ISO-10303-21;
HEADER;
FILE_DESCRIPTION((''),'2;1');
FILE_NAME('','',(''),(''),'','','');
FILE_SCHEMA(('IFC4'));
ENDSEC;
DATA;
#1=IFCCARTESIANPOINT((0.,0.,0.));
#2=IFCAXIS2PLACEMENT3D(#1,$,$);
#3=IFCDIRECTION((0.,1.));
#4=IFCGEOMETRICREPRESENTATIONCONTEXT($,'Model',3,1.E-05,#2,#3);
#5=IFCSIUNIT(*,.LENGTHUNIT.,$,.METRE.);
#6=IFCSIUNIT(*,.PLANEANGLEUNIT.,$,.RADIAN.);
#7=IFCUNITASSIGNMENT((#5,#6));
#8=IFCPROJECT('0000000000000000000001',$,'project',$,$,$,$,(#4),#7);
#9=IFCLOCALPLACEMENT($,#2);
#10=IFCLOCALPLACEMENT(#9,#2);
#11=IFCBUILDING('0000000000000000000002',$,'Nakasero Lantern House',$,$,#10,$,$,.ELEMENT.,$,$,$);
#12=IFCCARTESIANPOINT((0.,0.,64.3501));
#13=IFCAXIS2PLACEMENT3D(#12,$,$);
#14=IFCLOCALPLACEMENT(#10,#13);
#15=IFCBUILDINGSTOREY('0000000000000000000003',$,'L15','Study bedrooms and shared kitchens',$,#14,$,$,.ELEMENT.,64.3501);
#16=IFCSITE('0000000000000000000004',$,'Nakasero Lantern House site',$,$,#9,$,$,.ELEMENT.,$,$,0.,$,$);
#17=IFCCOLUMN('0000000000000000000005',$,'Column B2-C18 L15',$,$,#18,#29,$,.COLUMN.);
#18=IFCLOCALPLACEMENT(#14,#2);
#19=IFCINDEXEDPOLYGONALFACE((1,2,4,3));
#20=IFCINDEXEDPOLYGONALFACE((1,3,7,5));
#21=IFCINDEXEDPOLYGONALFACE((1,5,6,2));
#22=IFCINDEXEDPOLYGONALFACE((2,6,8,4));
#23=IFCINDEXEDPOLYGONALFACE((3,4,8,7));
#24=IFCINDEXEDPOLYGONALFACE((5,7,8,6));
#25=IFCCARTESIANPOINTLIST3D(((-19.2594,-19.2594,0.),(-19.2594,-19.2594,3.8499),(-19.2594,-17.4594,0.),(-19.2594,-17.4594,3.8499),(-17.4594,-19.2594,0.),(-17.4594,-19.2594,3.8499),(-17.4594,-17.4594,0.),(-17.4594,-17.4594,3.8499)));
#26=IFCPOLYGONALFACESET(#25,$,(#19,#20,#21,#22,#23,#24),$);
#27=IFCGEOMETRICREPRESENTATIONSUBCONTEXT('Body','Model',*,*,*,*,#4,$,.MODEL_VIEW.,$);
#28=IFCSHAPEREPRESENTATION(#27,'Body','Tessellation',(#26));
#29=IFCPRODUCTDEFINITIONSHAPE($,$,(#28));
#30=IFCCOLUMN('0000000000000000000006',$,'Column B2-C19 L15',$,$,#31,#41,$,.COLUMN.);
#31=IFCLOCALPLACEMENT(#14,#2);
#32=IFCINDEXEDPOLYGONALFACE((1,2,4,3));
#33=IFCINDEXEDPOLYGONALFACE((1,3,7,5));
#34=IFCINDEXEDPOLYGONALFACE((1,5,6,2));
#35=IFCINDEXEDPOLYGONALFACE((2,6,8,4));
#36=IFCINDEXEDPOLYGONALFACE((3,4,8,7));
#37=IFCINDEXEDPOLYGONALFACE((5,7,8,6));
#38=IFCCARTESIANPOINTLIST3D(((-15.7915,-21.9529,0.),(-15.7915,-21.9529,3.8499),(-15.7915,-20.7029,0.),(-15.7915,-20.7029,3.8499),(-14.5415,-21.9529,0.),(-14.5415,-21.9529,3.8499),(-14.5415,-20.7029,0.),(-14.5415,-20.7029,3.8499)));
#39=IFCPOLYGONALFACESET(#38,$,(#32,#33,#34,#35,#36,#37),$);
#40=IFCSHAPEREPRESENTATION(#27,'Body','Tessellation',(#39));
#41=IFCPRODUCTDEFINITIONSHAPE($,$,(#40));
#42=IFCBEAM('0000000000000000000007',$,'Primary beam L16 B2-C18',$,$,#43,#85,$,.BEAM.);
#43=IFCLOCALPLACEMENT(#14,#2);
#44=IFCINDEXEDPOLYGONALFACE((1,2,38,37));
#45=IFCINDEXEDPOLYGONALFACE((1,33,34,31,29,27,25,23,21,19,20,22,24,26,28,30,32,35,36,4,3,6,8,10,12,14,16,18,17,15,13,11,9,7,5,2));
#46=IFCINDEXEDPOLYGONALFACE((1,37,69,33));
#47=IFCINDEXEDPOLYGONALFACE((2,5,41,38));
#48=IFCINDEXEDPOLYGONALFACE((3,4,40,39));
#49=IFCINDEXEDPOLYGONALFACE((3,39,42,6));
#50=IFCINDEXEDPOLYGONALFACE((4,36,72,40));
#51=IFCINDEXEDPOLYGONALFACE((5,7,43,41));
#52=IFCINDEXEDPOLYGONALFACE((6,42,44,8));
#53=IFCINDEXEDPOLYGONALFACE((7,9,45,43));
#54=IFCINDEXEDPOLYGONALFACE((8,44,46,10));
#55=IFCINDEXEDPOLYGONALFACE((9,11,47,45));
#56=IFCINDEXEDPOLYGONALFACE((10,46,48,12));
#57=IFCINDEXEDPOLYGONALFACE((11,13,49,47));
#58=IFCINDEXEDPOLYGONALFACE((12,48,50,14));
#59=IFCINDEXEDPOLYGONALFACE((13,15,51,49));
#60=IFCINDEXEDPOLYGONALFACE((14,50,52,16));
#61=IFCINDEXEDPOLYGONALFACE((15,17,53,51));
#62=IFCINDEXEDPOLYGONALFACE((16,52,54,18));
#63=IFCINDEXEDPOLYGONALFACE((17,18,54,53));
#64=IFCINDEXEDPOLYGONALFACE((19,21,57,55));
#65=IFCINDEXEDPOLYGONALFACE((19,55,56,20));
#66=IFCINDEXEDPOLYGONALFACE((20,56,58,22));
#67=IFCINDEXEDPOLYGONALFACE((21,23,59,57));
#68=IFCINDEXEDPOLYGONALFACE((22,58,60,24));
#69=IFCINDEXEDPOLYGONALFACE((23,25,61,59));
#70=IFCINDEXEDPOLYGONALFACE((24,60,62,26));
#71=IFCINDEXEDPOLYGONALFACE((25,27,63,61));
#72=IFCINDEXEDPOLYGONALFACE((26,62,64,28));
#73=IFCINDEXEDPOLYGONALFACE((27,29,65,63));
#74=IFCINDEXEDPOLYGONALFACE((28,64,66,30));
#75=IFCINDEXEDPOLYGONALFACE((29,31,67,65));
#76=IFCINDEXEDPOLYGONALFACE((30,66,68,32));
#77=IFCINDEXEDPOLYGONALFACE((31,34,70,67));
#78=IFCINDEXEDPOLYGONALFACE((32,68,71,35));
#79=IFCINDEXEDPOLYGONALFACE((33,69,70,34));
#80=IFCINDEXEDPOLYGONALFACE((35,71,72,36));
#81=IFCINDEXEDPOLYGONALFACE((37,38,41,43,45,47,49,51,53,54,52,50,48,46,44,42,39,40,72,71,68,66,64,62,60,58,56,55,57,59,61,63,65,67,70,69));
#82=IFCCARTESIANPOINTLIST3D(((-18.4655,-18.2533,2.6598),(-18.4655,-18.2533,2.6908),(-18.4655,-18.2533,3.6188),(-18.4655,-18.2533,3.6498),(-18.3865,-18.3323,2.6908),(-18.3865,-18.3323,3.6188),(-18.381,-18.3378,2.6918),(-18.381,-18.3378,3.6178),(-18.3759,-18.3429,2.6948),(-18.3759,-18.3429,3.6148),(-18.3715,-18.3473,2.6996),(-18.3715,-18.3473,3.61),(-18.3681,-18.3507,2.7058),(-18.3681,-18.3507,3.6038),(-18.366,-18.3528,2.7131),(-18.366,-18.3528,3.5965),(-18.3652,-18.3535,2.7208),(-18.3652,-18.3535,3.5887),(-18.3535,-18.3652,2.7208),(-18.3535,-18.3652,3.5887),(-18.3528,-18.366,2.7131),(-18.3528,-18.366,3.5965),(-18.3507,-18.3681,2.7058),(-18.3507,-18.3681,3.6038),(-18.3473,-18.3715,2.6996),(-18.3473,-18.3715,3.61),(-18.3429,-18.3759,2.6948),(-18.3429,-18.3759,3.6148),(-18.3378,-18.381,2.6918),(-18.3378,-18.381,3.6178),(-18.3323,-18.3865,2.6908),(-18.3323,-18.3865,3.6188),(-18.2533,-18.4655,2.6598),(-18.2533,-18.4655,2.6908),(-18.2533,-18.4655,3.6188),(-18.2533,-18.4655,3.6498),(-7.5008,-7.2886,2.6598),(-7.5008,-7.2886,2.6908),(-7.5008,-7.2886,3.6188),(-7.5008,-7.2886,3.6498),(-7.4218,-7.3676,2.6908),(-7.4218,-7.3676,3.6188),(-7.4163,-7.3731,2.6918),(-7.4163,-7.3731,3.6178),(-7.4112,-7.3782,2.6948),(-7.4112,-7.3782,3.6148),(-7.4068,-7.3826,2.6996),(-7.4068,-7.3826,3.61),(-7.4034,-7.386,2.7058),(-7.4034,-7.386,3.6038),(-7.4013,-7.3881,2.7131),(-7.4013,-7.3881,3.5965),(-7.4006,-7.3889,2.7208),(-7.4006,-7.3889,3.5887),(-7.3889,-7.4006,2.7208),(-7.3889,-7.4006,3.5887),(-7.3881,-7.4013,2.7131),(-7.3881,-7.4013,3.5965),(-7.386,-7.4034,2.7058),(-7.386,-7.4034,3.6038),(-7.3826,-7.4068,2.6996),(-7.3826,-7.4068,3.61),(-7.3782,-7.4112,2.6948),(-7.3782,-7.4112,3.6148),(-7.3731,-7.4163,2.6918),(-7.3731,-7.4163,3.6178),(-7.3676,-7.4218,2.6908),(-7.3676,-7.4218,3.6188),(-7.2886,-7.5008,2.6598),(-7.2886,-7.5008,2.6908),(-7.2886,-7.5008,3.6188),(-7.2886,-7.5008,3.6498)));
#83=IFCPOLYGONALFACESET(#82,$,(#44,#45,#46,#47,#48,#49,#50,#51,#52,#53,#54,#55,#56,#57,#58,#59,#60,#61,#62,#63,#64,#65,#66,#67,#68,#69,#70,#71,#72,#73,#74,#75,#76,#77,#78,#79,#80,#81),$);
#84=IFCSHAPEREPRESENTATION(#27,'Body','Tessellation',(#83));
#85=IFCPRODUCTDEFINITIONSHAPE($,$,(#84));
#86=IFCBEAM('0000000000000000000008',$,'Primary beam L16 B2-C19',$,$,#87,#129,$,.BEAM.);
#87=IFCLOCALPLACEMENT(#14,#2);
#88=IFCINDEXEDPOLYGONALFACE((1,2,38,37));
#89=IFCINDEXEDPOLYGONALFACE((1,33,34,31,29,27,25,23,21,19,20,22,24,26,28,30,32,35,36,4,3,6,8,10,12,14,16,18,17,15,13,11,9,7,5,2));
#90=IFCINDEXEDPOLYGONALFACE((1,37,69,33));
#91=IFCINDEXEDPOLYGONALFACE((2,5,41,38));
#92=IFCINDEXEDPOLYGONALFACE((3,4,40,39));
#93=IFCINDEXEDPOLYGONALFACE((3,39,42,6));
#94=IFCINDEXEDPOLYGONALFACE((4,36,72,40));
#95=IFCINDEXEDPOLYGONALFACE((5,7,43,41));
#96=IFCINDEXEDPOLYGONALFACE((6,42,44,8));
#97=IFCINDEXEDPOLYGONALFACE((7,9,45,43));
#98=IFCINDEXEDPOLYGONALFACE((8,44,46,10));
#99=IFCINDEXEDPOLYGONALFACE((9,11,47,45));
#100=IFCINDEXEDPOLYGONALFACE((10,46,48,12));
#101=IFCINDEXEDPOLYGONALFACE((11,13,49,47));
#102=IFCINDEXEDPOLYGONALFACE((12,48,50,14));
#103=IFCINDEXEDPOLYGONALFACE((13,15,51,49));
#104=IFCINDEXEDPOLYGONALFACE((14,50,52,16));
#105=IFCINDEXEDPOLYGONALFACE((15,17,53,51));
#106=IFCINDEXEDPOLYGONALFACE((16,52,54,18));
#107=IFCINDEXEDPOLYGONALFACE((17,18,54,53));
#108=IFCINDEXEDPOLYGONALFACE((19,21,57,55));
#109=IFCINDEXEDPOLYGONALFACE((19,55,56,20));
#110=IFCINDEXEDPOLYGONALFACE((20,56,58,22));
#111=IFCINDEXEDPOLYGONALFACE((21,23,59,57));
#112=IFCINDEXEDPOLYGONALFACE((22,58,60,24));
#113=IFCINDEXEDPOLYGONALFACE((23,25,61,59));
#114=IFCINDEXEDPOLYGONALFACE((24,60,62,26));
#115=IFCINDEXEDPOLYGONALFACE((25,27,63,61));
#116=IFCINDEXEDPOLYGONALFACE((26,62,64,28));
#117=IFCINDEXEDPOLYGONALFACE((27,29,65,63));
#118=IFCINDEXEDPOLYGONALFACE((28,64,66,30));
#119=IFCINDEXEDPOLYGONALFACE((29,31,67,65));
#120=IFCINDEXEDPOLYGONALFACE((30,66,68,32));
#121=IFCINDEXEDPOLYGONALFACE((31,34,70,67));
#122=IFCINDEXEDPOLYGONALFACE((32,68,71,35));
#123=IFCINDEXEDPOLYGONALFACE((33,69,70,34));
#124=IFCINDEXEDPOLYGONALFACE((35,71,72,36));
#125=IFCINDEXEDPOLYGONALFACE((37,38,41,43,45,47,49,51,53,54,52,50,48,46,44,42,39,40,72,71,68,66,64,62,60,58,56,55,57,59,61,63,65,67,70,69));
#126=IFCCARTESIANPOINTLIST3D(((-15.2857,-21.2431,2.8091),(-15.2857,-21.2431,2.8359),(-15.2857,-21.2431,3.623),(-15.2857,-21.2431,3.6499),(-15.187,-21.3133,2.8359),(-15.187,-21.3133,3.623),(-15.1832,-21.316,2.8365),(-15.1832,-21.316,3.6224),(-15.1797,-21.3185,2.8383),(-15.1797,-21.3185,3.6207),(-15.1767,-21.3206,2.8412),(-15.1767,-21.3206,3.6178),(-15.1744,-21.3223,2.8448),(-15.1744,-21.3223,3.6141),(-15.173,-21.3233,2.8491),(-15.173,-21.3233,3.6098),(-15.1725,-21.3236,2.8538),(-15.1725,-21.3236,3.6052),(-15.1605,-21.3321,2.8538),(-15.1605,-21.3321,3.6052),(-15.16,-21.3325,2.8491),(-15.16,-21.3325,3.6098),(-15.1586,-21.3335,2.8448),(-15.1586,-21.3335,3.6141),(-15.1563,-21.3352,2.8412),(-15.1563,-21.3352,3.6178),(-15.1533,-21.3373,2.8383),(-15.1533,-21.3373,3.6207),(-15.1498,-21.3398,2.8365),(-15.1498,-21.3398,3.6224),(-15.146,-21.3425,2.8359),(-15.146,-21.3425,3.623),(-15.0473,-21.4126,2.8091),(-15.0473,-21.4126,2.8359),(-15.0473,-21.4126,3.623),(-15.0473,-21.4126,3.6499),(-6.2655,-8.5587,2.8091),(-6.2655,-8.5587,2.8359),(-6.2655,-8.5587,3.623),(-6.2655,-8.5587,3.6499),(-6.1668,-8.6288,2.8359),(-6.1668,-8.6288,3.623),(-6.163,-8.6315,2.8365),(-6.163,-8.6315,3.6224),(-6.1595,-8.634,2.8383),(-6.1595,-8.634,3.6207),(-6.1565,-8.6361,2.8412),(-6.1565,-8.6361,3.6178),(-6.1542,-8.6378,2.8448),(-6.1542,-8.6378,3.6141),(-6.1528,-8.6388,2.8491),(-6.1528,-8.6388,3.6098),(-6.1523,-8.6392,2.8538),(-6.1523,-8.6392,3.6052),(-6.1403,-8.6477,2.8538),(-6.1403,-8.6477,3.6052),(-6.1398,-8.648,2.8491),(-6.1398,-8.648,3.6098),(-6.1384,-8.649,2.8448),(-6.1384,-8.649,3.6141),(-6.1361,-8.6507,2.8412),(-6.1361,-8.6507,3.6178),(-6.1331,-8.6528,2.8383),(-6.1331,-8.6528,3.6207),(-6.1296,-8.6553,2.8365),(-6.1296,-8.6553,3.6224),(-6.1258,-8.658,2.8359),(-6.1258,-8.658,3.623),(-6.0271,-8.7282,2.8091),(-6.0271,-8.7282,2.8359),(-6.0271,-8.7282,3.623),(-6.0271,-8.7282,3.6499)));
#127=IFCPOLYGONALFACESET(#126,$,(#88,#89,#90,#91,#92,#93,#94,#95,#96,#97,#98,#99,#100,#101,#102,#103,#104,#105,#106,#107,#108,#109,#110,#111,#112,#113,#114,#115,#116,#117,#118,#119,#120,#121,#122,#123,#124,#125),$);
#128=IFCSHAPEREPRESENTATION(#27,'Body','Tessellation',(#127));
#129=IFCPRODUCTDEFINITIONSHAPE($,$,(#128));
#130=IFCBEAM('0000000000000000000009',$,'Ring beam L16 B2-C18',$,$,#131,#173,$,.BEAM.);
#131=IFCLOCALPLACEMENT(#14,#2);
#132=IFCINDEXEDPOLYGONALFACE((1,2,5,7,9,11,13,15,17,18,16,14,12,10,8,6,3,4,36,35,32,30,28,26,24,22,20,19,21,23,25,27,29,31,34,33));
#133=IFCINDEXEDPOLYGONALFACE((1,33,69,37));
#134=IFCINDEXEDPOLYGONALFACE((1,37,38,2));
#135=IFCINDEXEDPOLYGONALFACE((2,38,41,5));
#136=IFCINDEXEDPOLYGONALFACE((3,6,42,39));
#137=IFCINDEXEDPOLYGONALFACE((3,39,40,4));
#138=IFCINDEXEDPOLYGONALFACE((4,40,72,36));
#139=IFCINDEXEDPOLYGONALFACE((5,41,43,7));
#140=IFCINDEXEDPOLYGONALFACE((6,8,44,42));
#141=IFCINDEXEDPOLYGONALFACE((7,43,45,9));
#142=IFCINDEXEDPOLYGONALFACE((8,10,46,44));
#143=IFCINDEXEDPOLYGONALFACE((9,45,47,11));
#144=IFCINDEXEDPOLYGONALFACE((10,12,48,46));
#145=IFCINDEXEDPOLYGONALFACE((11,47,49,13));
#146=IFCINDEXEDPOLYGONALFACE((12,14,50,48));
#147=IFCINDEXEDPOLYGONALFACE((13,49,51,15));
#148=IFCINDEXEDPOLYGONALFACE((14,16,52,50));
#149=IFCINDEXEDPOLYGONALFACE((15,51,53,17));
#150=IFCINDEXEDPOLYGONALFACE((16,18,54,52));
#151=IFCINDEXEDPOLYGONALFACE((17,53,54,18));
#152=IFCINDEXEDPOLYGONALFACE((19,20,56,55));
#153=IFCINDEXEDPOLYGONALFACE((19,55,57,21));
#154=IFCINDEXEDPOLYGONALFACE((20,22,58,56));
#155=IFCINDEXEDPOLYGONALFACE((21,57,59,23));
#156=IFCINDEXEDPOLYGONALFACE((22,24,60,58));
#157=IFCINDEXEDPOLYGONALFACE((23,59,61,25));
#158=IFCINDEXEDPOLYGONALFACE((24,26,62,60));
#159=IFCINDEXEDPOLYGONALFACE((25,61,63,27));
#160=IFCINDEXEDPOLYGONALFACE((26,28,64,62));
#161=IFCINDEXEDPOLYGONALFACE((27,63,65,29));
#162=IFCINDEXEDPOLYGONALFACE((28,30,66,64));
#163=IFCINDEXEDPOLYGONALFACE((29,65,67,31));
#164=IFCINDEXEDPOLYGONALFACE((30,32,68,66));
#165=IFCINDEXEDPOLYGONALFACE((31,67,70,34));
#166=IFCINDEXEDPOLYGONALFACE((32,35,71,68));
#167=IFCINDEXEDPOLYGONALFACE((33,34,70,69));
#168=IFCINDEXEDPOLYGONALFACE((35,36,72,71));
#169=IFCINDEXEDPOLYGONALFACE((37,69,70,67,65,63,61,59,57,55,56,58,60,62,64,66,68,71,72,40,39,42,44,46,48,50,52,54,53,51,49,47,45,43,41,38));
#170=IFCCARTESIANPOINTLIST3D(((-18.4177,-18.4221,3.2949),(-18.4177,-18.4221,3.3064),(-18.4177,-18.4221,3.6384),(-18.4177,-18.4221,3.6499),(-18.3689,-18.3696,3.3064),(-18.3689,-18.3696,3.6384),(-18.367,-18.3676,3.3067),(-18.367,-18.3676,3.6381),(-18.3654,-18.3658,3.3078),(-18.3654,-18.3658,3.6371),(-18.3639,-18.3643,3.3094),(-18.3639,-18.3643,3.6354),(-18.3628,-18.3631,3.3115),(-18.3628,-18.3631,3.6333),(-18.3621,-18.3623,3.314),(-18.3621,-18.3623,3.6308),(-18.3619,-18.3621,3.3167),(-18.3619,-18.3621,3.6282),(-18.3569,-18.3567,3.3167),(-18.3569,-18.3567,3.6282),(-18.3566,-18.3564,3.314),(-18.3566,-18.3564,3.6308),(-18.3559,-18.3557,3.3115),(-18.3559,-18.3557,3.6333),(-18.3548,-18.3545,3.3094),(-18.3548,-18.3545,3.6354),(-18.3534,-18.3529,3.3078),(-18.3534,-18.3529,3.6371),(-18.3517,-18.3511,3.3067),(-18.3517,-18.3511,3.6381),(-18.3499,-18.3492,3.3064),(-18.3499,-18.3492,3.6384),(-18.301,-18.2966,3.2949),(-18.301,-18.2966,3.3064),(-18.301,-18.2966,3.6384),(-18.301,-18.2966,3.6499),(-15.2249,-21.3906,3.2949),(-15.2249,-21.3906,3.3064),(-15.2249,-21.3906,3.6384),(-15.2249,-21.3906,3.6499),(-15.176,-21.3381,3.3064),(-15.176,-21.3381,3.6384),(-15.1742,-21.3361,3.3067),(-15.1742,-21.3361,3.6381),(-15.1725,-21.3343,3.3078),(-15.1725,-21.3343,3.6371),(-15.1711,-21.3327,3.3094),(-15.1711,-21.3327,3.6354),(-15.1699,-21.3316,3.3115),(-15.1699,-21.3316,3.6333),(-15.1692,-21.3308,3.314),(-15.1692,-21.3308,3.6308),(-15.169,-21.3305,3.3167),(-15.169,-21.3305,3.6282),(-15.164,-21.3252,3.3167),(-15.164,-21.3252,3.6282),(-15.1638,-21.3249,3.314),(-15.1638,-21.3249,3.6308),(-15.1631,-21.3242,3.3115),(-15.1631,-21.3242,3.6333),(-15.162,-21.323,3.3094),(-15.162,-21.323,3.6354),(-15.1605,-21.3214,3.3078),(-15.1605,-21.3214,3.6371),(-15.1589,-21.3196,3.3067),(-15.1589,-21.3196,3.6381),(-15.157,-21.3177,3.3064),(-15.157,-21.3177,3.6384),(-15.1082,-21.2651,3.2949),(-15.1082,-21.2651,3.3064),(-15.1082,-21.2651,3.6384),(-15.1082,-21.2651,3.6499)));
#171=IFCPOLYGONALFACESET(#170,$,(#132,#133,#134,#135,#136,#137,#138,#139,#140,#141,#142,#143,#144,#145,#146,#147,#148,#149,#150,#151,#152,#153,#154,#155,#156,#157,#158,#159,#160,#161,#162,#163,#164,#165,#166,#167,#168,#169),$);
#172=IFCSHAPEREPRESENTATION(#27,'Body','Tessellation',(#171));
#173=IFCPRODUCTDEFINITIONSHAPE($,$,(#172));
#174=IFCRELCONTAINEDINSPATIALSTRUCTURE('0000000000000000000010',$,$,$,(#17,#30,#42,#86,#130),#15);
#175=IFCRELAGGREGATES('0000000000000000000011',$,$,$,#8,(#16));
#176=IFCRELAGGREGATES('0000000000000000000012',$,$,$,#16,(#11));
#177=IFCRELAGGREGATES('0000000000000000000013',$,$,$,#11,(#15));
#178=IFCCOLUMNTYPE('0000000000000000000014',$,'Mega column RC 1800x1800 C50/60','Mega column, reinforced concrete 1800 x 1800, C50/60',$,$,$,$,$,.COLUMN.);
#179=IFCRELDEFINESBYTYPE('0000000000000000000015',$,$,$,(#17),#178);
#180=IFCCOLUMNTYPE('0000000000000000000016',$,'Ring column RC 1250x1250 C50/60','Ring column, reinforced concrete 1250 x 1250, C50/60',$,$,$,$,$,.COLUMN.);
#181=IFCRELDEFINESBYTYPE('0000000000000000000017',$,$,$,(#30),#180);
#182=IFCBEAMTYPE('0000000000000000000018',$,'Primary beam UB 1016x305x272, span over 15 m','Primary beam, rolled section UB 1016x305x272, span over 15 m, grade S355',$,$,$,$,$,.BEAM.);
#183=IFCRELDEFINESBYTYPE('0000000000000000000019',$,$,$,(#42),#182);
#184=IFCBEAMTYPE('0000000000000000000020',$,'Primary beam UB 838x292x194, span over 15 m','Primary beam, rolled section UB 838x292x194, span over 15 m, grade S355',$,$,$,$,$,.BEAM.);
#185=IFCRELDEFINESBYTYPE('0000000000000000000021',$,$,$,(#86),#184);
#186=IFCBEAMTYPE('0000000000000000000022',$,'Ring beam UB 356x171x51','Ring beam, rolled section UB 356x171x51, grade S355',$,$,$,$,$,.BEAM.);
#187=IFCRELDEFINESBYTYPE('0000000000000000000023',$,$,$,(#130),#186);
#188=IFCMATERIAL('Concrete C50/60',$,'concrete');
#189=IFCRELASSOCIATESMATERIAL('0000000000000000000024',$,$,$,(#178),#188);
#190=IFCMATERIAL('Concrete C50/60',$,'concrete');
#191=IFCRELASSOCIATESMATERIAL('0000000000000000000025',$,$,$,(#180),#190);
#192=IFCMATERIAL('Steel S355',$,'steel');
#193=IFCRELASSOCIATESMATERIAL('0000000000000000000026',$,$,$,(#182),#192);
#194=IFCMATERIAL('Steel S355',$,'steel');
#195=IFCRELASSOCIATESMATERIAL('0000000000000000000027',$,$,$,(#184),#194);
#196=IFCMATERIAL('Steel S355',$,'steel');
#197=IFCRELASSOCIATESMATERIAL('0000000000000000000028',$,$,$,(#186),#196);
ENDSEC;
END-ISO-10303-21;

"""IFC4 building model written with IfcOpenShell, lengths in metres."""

from ifc_helpers import new_model, si_unit, direction, frame, origin, origin_2d, place, context, subcontext, project, spatial, rectangle, i_section, extrude, material, material_profile, profile_set, type_object, element, save


model = new_model("IFC4")

# Units and contexts
model_context = context("Model", 3, precision=1e-05, world=origin(), true_north=direction((0.0, 1.0)))
body_context = subcontext(model_context, "Body", "Model", "MODEL_VIEW")
ifc_project = project(units=[si_unit("LENGTHUNIT", "METRE"), si_unit("PLANEANGLEUNIT", "RADIAN")], contexts=[model_context])

# Site, building, storey
site_placement = place(None, origin())
site = spatial("IfcSite", under=ifc_project, at=site_placement, Name="Nakasero Lantern House site", CompositionType="ELEMENT", RefElevation=0.0)
building_placement = place(site_placement, origin())
building = spatial("IfcBuilding", under=site, at=building_placement, Name="Nakasero Lantern House", CompositionType="ELEMENT")
storey_placement = place(building_placement, frame((0.0, 0.0, 64.3501)))
storey = spatial("IfcBuildingStorey", under=building, at=storey_placement, Name="L15", Description="Study bedrooms and shared kitchens", CompositionType="ELEMENT", Elevation=64.3501)

# Columns
ifc_material_1 = material(Name="Concrete C50/60", Category="concrete")
ifc_material_profile_1 = material_profile(ifc_material_1, rectangle(XDim=1.8, YDim=1.8, at=origin_2d()), Name="RC 1800x1800")
ifc_profile_set_1 = profile_set([ifc_material_profile_1], Name="Concrete C50/60")
column_type_1 = type_object("IfcColumnType", Name="Mega column RC 1800x1800 C50/60", Description="Mega column, reinforced concrete 1800 x 1800, C50/60", PredefinedType="COLUMN", material=ifc_profile_set_1)
column_1_placement = place(storey_placement, frame((-18.3594, -18.3594, 0.0), z_axis=(0.0, 0.0, 1.0), x_axis=(1.0, 0.0, 0.0)))
element("IfcColumn", 1, at=column_1_placement, inside=storey, type_object=column_type_1, Name="Column B2-C18 L15", PredefinedType="COLUMN", context=body_context, shape_type="SweptSolid", body=[
    extrude(rectangle(XDim=1.8, YDim=1.8, at=origin_2d()), origin(), (0.0, 0.0, 1.0), 3.8499),
])
ifc_material_2 = material(Name="Concrete C50/60", Category="concrete")
ifc_material_profile_2 = material_profile(ifc_material_2, rectangle(XDim=1.25, YDim=1.25, at=origin_2d()), Name="RC 1250x1250")
ifc_profile_set_2 = profile_set([ifc_material_profile_2], Name="Concrete C50/60")
column_type_2 = type_object("IfcColumnType", Name="Ring column RC 1250x1250 C50/60", Description="Ring column, reinforced concrete 1250 x 1250, C50/60", PredefinedType="COLUMN", material=ifc_profile_set_2)
column_2_placement = place(storey_placement, frame((-15.1665, -21.3279, 0.0), z_axis=(0.0, 0.0, 1.0), x_axis=(1.0, 0.0, 0.0)))
element("IfcColumn", 2, at=column_2_placement, inside=storey, type_object=column_type_2, Name="Column B2-C19 L15", PredefinedType="COLUMN", context=body_context, shape_type="SweptSolid", body=[
    extrude(rectangle(XDim=1.25, YDim=1.25, at=origin_2d()), origin(), (0.0, 0.0, 1.0), 3.8499),
])

# Beams
ifc_material_3 = material(Name="Steel S355", Category="steel")
ifc_material_profile_3 = material_profile(ifc_material_3, i_section(OverallWidth=0.3, OverallDepth=0.99, WebThickness=0.0166, FlangeThickness=0.031, FilletRadius=0.03, at=origin_2d()), Name="UB 1016x305x272")
ifc_profile_set_3 = profile_set([ifc_material_profile_3], Name="Steel S355")
beam_type_1 = type_object("IfcBeamType", Name="Primary beam UB 1016x305x272, span over 15 m", Description="Primary beam, rolled section UB 1016x305x272, span over 15 m, grade S355", PredefinedType="BEAM", material=ifc_profile_set_3)
beam_1_placement = place(storey_placement, frame((-18.3594, -18.3594, 3.1548), z_axis=(0.707107, 0.707107, 0.0), x_axis=(-0.707107, 0.707107, 0.0)))
element("IfcBeam", 3, at=beam_1_placement, inside=storey, type_object=beam_type_1, Name="Primary beam L16 B2-C18", PredefinedType="BEAM", context=body_context, shape_type="SweptSolid", body=[
    extrude(i_section(OverallWidth=0.3, OverallDepth=0.99, WebThickness=0.0166, FlangeThickness=0.031, FilletRadius=0.03, at=origin_2d()), origin(), (0.0, 0.0, 1.0), 15.5063),
])
ifc_material_4 = material(Name="Steel S355", Category="steel")
ifc_material_profile_4 = material_profile(ifc_material_4, i_section(OverallWidth=0.2925, OverallDepth=0.8408, WebThickness=0.0146, FlangeThickness=0.0269, FilletRadius=0.0178, at=origin_2d()), Name="UB 838x292x194")
ifc_profile_set_4 = profile_set([ifc_material_profile_4], Name="Steel S355")
beam_type_2 = type_object("IfcBeamType", Name="Primary beam UB 838x292x194, span over 15 m", Description="Primary beam, rolled section UB 838x292x194, span over 15 m, grade S355", PredefinedType="BEAM", material=ifc_profile_set_4)
beam_2_placement = place(storey_placement, frame((-15.1665, -21.3279, 3.2295), z_axis=(0.579529, 0.814952, 0.0), x_axis=(-0.814952, 0.579529, 0.0)))
element("IfcBeam", 4, at=beam_2_placement, inside=storey, type_object=beam_type_2, Name="Primary beam L16 B2-C19", PredefinedType="BEAM", context=body_context, shape_type="SweptSolid", body=[
    extrude(i_section(OverallWidth=0.2925, OverallDepth=0.8408, WebThickness=0.0146, FlangeThickness=0.0269, FilletRadius=0.0178, at=origin_2d()), origin(), (0.0, 0.0, 1.0), 15.5647),
])
ifc_material_5 = material(Name="Steel S355", Category="steel")
ifc_material_profile_5 = material_profile(ifc_material_5, i_section(OverallWidth=0.1714, OverallDepth=0.355, WebThickness=0.0073, FlangeThickness=0.0115, FilletRadius=0.0103, at=origin_2d()), Name="UB 356x171x51")
ifc_profile_set_5 = profile_set([ifc_material_profile_5], Name="Steel S355")
beam_type_3 = type_object("IfcBeamType", Name="Ring beam UB 356x171x51", Description="Ring beam, rolled section UB 356x171x51, grade S355", PredefinedType="BEAM", material=ifc_profile_set_5)
beam_3_placement = place(storey_placement, frame((-18.3594, -18.3594, 3.4724), z_axis=(0.732371, -0.680906, 0.0), x_axis=(0.680906, 0.732371, 0.0)))
element("IfcBeam", 5, at=beam_3_placement, inside=storey, type_object=beam_type_3, Name="Ring beam L16 B2-C18", PredefinedType="BEAM", context=body_context, shape_type="SweptSolid", body=[
    extrude(i_section(OverallWidth=0.1714, OverallDepth=0.355, WebThickness=0.0073, FlangeThickness=0.0115, FilletRadius=0.0103, at=origin_2d()), origin(), (0.0, 0.0, 1.0), 4.3596),
])

save(model, "model.ifc")
